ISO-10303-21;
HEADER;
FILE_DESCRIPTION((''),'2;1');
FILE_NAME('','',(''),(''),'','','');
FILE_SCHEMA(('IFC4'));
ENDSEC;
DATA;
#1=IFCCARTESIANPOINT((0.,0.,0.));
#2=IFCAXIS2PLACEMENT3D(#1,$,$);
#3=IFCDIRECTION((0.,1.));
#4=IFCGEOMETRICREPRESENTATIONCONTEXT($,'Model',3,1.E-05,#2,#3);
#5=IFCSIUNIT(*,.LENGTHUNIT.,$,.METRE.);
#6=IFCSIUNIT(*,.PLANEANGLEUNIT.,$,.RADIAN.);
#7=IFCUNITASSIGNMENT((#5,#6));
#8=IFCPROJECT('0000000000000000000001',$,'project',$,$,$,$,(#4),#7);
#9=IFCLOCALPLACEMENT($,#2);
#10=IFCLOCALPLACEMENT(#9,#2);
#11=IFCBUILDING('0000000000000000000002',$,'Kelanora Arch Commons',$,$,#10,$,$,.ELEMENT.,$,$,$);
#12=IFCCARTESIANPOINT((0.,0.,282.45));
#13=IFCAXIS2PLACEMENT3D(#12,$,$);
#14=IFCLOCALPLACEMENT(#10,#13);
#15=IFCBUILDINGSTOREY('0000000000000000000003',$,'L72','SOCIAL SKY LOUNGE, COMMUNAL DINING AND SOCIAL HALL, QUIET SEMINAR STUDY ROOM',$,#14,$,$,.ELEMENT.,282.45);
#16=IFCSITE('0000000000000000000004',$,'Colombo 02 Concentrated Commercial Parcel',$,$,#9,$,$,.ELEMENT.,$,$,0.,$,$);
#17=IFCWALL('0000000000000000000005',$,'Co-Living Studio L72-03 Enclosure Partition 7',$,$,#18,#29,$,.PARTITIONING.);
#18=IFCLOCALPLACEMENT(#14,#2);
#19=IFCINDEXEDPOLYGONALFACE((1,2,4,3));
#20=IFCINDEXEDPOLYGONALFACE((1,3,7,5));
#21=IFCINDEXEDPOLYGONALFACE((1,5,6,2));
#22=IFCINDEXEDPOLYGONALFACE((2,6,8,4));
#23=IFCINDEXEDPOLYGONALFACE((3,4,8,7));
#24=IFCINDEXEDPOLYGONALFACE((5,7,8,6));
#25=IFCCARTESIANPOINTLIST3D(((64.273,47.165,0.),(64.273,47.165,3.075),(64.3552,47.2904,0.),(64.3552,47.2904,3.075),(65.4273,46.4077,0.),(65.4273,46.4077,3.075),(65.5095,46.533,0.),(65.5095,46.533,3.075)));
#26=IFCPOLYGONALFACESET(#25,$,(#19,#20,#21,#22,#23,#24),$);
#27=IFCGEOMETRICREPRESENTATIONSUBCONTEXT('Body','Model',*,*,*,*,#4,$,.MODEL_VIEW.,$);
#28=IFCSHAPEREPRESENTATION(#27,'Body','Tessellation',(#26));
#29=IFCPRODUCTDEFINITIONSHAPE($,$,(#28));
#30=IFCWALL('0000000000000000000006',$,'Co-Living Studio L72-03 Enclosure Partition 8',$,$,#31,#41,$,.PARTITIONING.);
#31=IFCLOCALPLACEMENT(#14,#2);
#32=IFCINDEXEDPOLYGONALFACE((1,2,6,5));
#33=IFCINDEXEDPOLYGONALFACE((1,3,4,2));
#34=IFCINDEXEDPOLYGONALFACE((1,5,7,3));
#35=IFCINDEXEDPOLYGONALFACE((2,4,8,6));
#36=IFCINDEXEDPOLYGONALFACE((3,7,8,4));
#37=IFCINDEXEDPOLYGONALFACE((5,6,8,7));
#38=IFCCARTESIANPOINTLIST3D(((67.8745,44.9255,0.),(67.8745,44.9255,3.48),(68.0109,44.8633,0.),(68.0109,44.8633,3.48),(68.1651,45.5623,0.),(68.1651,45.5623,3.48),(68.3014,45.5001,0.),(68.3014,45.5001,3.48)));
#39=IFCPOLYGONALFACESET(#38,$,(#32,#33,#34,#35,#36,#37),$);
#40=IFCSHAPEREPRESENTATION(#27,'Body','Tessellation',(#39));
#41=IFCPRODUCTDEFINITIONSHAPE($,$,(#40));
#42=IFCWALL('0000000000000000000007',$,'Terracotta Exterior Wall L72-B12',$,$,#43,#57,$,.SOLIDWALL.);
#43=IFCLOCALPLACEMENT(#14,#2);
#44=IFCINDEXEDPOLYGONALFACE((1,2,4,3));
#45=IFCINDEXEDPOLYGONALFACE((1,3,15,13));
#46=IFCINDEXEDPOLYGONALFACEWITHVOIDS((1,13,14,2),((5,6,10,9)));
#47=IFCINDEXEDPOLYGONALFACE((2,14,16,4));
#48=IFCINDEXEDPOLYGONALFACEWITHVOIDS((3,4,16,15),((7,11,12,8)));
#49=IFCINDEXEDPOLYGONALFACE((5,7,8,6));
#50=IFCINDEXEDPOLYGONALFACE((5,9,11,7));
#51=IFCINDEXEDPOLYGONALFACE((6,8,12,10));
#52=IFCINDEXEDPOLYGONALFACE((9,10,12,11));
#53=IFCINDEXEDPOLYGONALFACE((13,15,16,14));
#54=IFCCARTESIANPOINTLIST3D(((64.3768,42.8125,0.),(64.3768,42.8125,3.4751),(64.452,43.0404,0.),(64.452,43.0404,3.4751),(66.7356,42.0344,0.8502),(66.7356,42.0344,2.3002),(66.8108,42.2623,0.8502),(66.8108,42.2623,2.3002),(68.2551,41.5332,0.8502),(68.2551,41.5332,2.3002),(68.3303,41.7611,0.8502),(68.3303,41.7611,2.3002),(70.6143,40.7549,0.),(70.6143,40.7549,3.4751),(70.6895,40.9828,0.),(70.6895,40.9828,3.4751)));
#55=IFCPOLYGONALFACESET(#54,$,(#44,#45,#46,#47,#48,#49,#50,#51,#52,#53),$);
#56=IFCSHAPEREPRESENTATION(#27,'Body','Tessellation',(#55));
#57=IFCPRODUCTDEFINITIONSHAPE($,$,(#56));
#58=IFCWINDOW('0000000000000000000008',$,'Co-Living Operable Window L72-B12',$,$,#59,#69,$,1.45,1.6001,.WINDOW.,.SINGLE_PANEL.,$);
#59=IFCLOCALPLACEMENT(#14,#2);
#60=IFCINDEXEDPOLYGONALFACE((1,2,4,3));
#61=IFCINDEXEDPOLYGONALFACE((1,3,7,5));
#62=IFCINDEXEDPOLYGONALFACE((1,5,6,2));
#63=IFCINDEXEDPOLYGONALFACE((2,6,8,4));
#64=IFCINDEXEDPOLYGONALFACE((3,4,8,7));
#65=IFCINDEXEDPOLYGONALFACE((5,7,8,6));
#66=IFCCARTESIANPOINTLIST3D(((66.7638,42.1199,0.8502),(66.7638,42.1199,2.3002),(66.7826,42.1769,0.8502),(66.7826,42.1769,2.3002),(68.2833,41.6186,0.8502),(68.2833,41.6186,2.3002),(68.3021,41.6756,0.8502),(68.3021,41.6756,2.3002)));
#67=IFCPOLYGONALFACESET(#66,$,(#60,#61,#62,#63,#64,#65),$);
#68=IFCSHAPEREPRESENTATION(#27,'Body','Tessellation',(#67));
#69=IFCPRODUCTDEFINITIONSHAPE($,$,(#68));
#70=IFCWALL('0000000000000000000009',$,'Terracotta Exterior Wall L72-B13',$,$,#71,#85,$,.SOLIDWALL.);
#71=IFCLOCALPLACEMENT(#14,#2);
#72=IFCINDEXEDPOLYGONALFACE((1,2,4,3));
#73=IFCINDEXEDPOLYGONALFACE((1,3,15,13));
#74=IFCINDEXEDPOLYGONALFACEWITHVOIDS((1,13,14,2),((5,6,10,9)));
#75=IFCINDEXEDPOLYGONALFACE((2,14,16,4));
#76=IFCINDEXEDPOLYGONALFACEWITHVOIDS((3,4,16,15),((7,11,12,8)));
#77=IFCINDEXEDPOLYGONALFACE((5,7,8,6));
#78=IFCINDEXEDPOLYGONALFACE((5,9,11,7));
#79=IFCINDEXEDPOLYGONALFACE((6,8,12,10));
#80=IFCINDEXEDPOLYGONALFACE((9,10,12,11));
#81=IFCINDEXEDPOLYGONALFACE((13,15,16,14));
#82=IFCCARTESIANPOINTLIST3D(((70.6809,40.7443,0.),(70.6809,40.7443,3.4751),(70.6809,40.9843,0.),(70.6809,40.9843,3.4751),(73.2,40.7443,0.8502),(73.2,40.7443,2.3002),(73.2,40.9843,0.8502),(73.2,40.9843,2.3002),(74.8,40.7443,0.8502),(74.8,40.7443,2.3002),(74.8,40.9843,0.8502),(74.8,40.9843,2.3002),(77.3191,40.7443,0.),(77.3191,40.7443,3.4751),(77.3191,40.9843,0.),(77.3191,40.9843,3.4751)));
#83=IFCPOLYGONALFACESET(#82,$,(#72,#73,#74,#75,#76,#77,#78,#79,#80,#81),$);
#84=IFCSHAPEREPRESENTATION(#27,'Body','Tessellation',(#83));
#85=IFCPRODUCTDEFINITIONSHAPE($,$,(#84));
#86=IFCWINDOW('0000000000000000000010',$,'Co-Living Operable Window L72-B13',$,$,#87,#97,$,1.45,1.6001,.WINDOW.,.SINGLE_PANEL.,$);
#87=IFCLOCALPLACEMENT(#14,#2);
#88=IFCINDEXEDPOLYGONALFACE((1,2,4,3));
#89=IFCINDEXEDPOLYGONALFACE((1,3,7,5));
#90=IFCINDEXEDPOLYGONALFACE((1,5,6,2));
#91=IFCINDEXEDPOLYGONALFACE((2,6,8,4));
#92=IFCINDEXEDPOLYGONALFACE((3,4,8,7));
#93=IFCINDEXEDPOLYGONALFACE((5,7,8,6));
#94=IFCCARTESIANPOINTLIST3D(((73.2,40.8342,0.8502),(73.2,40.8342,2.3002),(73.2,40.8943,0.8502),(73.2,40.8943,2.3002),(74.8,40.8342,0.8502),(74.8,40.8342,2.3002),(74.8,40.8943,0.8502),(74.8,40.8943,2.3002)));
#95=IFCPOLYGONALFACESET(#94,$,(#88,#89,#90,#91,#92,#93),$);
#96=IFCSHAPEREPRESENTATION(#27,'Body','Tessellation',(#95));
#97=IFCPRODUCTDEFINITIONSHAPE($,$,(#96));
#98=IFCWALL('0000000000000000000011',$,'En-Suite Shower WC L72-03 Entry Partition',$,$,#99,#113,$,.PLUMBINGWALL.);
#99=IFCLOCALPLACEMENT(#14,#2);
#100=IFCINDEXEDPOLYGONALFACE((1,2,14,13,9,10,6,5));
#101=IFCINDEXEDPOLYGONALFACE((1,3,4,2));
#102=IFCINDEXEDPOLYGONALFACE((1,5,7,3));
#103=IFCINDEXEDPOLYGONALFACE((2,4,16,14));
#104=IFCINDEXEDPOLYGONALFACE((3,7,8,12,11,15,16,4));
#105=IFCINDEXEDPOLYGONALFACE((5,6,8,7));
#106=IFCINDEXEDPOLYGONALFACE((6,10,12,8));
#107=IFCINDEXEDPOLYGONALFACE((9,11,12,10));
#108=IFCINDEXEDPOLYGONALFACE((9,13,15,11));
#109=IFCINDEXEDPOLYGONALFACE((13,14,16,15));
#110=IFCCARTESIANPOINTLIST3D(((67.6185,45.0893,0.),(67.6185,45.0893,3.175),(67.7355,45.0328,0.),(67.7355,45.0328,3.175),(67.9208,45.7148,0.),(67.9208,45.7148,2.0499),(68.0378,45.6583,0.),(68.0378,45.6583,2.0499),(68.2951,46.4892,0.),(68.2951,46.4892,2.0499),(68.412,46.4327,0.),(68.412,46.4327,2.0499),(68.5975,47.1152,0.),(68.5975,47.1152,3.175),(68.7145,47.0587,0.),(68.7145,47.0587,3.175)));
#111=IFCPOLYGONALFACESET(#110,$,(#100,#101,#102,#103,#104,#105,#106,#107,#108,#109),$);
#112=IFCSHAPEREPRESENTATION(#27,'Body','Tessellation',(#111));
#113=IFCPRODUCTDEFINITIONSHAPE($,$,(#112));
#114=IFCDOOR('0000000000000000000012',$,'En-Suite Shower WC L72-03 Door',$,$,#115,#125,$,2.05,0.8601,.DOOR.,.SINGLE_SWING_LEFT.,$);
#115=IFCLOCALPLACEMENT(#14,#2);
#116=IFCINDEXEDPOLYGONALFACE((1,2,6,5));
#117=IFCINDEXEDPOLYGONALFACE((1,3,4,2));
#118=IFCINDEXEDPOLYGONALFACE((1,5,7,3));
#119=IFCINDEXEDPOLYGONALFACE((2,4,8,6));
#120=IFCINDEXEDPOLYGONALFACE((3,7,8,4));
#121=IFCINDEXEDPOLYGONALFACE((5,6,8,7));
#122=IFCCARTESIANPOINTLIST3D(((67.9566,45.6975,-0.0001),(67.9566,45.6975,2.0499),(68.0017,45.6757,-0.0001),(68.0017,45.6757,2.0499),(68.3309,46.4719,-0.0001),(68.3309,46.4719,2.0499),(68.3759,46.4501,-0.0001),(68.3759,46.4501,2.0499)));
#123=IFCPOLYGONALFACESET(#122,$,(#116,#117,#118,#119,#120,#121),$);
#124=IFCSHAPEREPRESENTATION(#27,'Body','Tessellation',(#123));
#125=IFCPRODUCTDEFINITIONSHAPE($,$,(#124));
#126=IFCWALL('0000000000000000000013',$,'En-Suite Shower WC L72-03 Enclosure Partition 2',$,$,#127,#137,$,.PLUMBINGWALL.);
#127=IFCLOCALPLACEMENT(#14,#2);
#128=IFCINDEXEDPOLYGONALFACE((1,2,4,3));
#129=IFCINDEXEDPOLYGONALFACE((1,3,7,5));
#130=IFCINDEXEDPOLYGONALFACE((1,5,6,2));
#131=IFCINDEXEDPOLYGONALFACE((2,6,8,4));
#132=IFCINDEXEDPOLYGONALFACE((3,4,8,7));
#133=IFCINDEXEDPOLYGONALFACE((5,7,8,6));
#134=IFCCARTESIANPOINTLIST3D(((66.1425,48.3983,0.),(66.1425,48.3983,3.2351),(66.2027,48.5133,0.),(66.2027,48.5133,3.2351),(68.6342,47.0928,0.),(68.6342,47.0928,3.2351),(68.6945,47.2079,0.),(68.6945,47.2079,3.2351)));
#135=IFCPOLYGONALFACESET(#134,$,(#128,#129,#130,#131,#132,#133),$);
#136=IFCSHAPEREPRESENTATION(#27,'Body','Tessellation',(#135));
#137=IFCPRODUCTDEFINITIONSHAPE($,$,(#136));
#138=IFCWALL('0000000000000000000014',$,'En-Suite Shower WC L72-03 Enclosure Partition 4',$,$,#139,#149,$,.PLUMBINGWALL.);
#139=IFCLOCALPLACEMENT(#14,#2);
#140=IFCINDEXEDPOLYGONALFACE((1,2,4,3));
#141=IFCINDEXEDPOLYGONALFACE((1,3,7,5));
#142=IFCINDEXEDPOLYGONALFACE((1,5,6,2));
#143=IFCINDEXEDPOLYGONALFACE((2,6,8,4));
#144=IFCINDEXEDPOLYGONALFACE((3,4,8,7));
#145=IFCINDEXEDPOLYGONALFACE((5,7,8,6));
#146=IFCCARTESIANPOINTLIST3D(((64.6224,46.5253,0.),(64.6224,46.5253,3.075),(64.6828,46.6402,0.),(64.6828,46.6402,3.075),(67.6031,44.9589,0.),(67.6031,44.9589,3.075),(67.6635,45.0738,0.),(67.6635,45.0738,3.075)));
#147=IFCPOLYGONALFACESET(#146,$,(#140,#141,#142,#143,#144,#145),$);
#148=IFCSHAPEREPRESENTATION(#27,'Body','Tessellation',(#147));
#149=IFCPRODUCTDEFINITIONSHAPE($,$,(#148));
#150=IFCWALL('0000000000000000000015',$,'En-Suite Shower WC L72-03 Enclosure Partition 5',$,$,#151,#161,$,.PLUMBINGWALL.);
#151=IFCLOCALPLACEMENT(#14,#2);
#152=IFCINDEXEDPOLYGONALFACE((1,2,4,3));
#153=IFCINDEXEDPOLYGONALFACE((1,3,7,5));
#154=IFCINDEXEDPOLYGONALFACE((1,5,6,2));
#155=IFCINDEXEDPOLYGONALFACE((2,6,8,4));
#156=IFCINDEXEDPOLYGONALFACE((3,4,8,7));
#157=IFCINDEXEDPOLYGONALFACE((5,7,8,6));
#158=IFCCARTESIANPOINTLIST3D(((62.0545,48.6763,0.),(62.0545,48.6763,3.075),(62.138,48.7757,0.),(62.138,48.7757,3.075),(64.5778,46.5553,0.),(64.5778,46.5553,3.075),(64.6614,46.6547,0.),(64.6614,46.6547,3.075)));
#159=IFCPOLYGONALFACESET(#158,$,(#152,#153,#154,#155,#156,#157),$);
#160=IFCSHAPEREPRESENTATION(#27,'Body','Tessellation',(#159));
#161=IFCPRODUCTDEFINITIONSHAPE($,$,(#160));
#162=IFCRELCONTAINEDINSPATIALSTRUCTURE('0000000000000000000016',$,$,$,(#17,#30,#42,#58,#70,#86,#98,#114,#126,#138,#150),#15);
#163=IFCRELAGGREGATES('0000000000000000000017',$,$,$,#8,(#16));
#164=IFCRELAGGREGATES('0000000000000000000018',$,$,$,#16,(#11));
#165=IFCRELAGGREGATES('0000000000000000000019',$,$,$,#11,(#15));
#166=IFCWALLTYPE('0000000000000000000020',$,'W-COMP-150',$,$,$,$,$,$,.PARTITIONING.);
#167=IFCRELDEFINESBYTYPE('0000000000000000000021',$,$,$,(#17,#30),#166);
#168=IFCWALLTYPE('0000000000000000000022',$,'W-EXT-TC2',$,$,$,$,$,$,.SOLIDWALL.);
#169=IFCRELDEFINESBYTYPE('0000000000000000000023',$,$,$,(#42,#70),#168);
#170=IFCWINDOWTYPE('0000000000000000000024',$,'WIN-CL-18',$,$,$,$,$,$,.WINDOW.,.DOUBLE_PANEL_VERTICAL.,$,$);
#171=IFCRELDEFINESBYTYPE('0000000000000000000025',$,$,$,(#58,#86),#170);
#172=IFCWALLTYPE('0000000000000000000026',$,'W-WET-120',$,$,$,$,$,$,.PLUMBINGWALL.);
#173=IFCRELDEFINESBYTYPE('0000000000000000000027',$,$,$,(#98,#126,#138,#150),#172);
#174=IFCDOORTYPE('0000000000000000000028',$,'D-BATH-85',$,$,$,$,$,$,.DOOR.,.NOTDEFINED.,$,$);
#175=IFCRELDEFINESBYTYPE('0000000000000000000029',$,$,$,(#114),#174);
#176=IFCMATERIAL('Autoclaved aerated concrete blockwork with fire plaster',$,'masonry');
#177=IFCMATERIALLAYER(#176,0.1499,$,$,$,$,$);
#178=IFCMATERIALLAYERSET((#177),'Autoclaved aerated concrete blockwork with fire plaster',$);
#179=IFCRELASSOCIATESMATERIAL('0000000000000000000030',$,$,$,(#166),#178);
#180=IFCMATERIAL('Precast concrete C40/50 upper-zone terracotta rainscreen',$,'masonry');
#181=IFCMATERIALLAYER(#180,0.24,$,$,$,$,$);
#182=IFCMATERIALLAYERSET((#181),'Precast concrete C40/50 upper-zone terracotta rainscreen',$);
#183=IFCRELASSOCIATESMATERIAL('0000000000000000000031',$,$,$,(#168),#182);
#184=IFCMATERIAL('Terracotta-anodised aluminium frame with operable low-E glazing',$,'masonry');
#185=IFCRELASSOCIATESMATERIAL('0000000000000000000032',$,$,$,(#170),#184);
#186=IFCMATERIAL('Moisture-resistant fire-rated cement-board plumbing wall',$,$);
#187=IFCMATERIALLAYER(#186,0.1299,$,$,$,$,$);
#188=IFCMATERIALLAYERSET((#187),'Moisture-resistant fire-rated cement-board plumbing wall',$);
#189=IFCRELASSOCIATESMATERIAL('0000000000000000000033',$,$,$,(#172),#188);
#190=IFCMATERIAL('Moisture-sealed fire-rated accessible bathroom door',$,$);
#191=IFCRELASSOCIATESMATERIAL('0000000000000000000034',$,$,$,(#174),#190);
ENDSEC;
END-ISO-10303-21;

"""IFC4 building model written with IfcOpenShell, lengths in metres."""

from ifc_helpers import new_model, si_unit, direction, frame, frame_2d, origin, place, context, subcontext, project, spatial, rectangle, extrude, material, layer, layer_set, type_object, element, fill, save


model = new_model("IFC4")

# Units and contexts
model_context = context("Model", 3, precision=1e-05, world=origin(), true_north=direction((0.0, 1.0)))
body_context = subcontext(model_context, "Body", "Model", "MODEL_VIEW")
ifc_project = project(units=[si_unit("LENGTHUNIT", "METRE"), si_unit("PLANEANGLEUNIT", "RADIAN")], contexts=[model_context])

# Site, building, storey
site_placement = place(None, origin())
site = spatial("IfcSite", under=ifc_project, at=site_placement, Name="Colombo 02 Concentrated Commercial Parcel", CompositionType="ELEMENT", RefElevation=0.0)
building_placement = place(site_placement, origin())
building = spatial("IfcBuilding", under=site, at=building_placement, Name="Kelanora Arch Commons", CompositionType="ELEMENT")
storey_placement = place(building_placement, frame((0.0, 0.0, 282.45)))
storey = spatial("IfcBuildingStorey", under=building, at=storey_placement, Name="L72", Description="SOCIAL SKY LOUNGE, COMMUNAL DINING AND SOCIAL HALL, QUIET SEMINAR STUDY ROOM", CompositionType="ELEMENT", Elevation=282.45)

# Shared definitions
ifc_material_1 = material(Name="Autoclaved aerated concrete blockwork with fire plaster", Category="masonry")
ifc_layer_1 = layer(ifc_material_1, 0.1499)
ifc_layer_set_1 = layer_set([ifc_layer_1], Name="Autoclaved aerated concrete blockwork with fire plaster")
wall_type_1 = type_object("IfcWallType", Name="W-COMP-150", PredefinedType="PARTITIONING", material=ifc_layer_set_1)

# Walls
wall_1_placement = place(storey_placement, frame((64.314, 47.2278, 0.0), z_axis=(0.0, 0.0, 1.0), x_axis=(0.836109, -0.548564, 0.0)))
element("IfcWall", 1, at=wall_1_placement, inside=storey, type_object=wall_type_1, Name="Co-Living Studio L72-03 Enclosure Partition 7", PredefinedType="PARTITIONING", context=body_context, shape_type="SweptSolid", body=[
    extrude(rectangle(XDim=1.3806, YDim=0.1499, at=frame_2d((0.6904, 0.0))), origin(), (0.0, 0.0, 1.0), 3.075),
])
wall_2_placement = place(storey_placement, frame((67.9426, 44.8943, 0.0), z_axis=(0.0, 0.0, 1.0), x_axis=(0.415117, 0.909768, 0.0)))
element("IfcWall", 2, at=wall_2_placement, inside=storey, type_object=wall_type_1, Name="Co-Living Studio L72-03 Enclosure Partition 8", PredefinedType="PARTITIONING", context=body_context, shape_type="SweptSolid", body=[
    extrude(rectangle(XDim=0.7, YDim=0.1499, at=frame_2d((0.3501, 0.0))), origin(), (0.0, 0.0, 1.0), 3.48),
])

# Walls, openings, windows
ifc_material_2 = material(Name="Precast concrete C40/50 upper-zone terracotta rainscreen", Category="masonry")
ifc_layer_2 = layer(ifc_material_2, 0.24)
ifc_layer_set_2 = layer_set([ifc_layer_2], Name="Precast concrete C40/50 upper-zone terracotta rainscreen")
wall_type_2 = type_object("IfcWallType", Name="W-EXT-TC2", PredefinedType="SOLIDWALL", material=ifc_layer_set_2)
wall_3_placement = place(storey_placement, frame((64.4143, 42.9265, 0.0), z_axis=(0.0, 0.0, 1.0), x_axis=(0.949664, -0.313271, 0.0)))
wall_3 = element("IfcWall", 3, at=wall_3_placement, inside=storey, type_object=wall_type_2, Name="Terracotta Exterior Wall L72-B12", PredefinedType="SOLIDWALL", context=body_context, shape_type="SweptSolid", body=[
    extrude(rectangle(XDim=6.5681, YDim=0.24, at=frame_2d((3.2842, 0.0))), origin(), (0.0, 0.0, 1.0), 3.4751),
])
opening_1_placement = place(wall_3_placement, frame((2.4839, 0.0, 0.8501)))
opening_1 = element("IfcOpeningElement", 4, at=opening_1_placement, cuts=wall_3, PredefinedType="OPENING", context=body_context, shape_type="SweptSolid", body=[
    extrude(rectangle(XDim=1.6001, YDim=1.45, at=frame_2d((0.8, 0.7251))), frame((0.0, 0.1299, 0.0), z_axis=(0.0, -1.0, 0.0), x_axis=(1.0, 0.0, 0.0)), (0.0, 0.0, 1.0), 0.26),
])
ifc_material_3 = material(Name="Terracotta-anodised aluminium frame with operable low-E glazing", Category="masonry")
window_type = type_object("IfcWindowType", Name="WIN-CL-18", PartitioningType="DOUBLE_PANEL_VERTICAL", PredefinedType="WINDOW", material=ifc_material_3)
window_1_placement = place(opening_1_placement, origin())
window_1 = element("IfcWindow", 5, at=window_1_placement, inside=storey, type_object=window_type, Name="Co-Living Operable Window L72-B12", OverallHeight=1.45, OverallWidth=1.6001, PartitioningType="SINGLE_PANEL", PredefinedType="WINDOW", context=body_context, shape_type="SweptSolid", body=[
    extrude(rectangle(XDim=1.6001, YDim=1.45, at=frame_2d((0.8, 0.7251))), frame((0.0, 0.03, 0.0), z_axis=(0.0, -1.0, 0.0), x_axis=(1.0, 0.0, 0.0)), (0.0, 0.0, 1.0), 0.0601),
])
fill(opening_1, window_1)
wall_4_placement = place(storey_placement, frame((70.6809, 40.8643, 0.0), z_axis=(0.0, 0.0, 1.0), x_axis=(1.0, 0.0, 0.0)))
wall_4 = element("IfcWall", 6, at=wall_4_placement, inside=storey, type_object=wall_type_2, Name="Terracotta Exterior Wall L72-B13", PredefinedType="SOLIDWALL", context=body_context, shape_type="SweptSolid", body=[
    extrude(rectangle(XDim=6.6382, YDim=0.24, at=frame_2d((3.3191, 0.0))), origin(), (0.0, 0.0, 1.0), 3.4751),
])
opening_2_placement = place(wall_4_placement, frame((2.519, 0.0, 0.8501)))
opening_2 = element("IfcOpeningElement", 7, at=opening_2_placement, cuts=wall_4, PredefinedType="OPENING", context=body_context, shape_type="SweptSolid", body=[
    extrude(rectangle(XDim=1.6001, YDim=1.45, at=frame_2d((0.8, 0.7251))), frame((0.0, 0.1299, 0.0), z_axis=(0.0, -1.0, 0.0), x_axis=(1.0, 0.0, 0.0)), (0.0, 0.0, 1.0), 0.26),
])
window_2_placement = place(opening_2_placement, origin())
window_2 = element("IfcWindow", 8, at=window_2_placement, inside=storey, type_object=window_type, Name="Co-Living Operable Window L72-B13", OverallHeight=1.45, OverallWidth=1.6001, PartitioningType="SINGLE_PANEL", PredefinedType="WINDOW", context=body_context, shape_type="SweptSolid", body=[
    extrude(rectangle(XDim=1.6001, YDim=1.45, at=frame_2d((0.8, 0.7251))), frame((0.0, 0.03, 0.0), z_axis=(0.0, -1.0, 0.0), x_axis=(1.0, 0.0, 0.0)), (0.0, 0.0, 1.0), 0.0601),
])
fill(opening_2, window_2)

# Wall, opening, door
ifc_material_4 = material(Name="Moisture-resistant fire-rated cement-board plumbing wall")
ifc_layer_3 = layer(ifc_material_4, 0.1299)
ifc_layer_set_3 = layer_set([ifc_layer_3], Name="Moisture-resistant fire-rated cement-board plumbing wall")
wall_type_3 = type_object("IfcWallType", Name="W-WET-120", PredefinedType="PLUMBINGWALL", material=ifc_layer_set_3)
wall_5_placement = place(storey_placement, frame((68.656, 47.0869, 0.0), z_axis=(0.0, 0.0, 1.0), x_axis=(-0.435107, -0.900379, 0.0)))
wall_5 = element("IfcWall", 9, at=wall_5_placement, inside=storey, type_object=wall_type_3, Name="En-Suite Shower WC L72-03 Entry Partition", PredefinedType="PLUMBINGWALL", context=body_context, shape_type="SweptSolid", body=[
    extrude(rectangle(XDim=2.25, YDim=0.1299, at=frame_2d((1.125, 0.0))), origin(), (0.0, 0.0, 1.0), 3.175),
])
opening_3_placement = place(wall_5_placement, frame((0.6951, 0.0, 0.0)))
opening_3 = element("IfcOpeningElement", 10, at=opening_3_placement, cuts=wall_5, PredefinedType="OPENING", context=body_context, shape_type="SweptSolid", body=[
    extrude(rectangle(XDim=0.8601, YDim=2.05, at=frame_2d((0.4302, 1.0249))), frame((0.0, 0.075, 0.0), z_axis=(0.0, -1.0, 0.0), x_axis=(1.0, 0.0, 0.0)), (0.0, 0.0, 1.0), 0.1499),
])
ifc_material_5 = material(Name="Moisture-sealed fire-rated accessible bathroom door")
door_type_1 = type_object("IfcDoorType", Name="D-BATH-85", OperationType="NOTDEFINED", PredefinedType="DOOR", material=ifc_material_5)
door_1_placement = place(opening_3_placement, origin())
door_1 = element("IfcDoor", 11, at=door_1_placement, inside=storey, type_object=door_type_1, Name="En-Suite Shower WC L72-03 Door", OperationType="SINGLE_SWING_LEFT", OverallHeight=2.05, OverallWidth=0.8601, PredefinedType="DOOR", context=body_context, shape_type="SweptSolid", body=[
    extrude(rectangle(XDim=0.8601, YDim=2.05, at=frame_2d((0.4302, 1.0249))), frame((0.0, 0.0249, 0.0), z_axis=(0.0, -1.0, 0.0), x_axis=(1.0, 0.0, 0.0)), (0.0, 0.0, 1.0), 0.05),
])
fill(opening_3, door_1)

# Walls
wall_6_placement = place(storey_placement, frame((66.1726, 48.4558, 0.0), z_axis=(0.0, 0.0, 1.0), x_axis=(0.885796, -0.464075, 0.0)))
element("IfcWall", 12, at=wall_6_placement, inside=storey, type_object=wall_type_3, Name="En-Suite Shower WC L72-03 Enclosure Partition 2", PredefinedType="PLUMBINGWALL", context=body_context, shape_type="SweptSolid", body=[
    extrude(rectangle(XDim=2.813, YDim=0.1299, at=frame_2d((1.4065, 0.0))), origin(), (0.0, 0.0, 1.0), 3.2351),
])
wall_7_placement = place(storey_placement, frame((67.6333, 45.0164, 0.0), z_axis=(0.0, 0.0, 1.0), x_axis=(-0.885211, 0.465191, 0.0)))
element("IfcWall", 13, at=wall_7_placement, inside=storey, type_object=wall_type_3, Name="En-Suite Shower WC L72-03 Enclosure Partition 4", PredefinedType="PLUMBINGWALL", context=body_context, shape_type="SweptSolid", body=[
    extrude(rectangle(XDim=3.3672, YDim=0.1299, at=frame_2d((1.6836, 0.0))), origin(), (0.0, 0.0, 1.0), 3.075),
])
wall_8_placement = place(storey_placement, frame((64.6196, 46.605, 0.0), z_axis=(0.0, 0.0, 1.0), x_axis=(-0.765495, 0.643442, 0.0)))
element("IfcWall", 14, at=wall_8_placement, inside=storey, type_object=wall_type_3, Name="En-Suite Shower WC L72-03 Enclosure Partition 5", PredefinedType="PLUMBINGWALL", context=body_context, shape_type="SweptSolid", body=[
    extrude(rectangle(XDim=3.2964, YDim=0.1299, at=frame_2d((1.6482, 0.0))), origin(), (0.0, 0.0, 1.0), 3.075),
])

save(model, "model.ifc")
